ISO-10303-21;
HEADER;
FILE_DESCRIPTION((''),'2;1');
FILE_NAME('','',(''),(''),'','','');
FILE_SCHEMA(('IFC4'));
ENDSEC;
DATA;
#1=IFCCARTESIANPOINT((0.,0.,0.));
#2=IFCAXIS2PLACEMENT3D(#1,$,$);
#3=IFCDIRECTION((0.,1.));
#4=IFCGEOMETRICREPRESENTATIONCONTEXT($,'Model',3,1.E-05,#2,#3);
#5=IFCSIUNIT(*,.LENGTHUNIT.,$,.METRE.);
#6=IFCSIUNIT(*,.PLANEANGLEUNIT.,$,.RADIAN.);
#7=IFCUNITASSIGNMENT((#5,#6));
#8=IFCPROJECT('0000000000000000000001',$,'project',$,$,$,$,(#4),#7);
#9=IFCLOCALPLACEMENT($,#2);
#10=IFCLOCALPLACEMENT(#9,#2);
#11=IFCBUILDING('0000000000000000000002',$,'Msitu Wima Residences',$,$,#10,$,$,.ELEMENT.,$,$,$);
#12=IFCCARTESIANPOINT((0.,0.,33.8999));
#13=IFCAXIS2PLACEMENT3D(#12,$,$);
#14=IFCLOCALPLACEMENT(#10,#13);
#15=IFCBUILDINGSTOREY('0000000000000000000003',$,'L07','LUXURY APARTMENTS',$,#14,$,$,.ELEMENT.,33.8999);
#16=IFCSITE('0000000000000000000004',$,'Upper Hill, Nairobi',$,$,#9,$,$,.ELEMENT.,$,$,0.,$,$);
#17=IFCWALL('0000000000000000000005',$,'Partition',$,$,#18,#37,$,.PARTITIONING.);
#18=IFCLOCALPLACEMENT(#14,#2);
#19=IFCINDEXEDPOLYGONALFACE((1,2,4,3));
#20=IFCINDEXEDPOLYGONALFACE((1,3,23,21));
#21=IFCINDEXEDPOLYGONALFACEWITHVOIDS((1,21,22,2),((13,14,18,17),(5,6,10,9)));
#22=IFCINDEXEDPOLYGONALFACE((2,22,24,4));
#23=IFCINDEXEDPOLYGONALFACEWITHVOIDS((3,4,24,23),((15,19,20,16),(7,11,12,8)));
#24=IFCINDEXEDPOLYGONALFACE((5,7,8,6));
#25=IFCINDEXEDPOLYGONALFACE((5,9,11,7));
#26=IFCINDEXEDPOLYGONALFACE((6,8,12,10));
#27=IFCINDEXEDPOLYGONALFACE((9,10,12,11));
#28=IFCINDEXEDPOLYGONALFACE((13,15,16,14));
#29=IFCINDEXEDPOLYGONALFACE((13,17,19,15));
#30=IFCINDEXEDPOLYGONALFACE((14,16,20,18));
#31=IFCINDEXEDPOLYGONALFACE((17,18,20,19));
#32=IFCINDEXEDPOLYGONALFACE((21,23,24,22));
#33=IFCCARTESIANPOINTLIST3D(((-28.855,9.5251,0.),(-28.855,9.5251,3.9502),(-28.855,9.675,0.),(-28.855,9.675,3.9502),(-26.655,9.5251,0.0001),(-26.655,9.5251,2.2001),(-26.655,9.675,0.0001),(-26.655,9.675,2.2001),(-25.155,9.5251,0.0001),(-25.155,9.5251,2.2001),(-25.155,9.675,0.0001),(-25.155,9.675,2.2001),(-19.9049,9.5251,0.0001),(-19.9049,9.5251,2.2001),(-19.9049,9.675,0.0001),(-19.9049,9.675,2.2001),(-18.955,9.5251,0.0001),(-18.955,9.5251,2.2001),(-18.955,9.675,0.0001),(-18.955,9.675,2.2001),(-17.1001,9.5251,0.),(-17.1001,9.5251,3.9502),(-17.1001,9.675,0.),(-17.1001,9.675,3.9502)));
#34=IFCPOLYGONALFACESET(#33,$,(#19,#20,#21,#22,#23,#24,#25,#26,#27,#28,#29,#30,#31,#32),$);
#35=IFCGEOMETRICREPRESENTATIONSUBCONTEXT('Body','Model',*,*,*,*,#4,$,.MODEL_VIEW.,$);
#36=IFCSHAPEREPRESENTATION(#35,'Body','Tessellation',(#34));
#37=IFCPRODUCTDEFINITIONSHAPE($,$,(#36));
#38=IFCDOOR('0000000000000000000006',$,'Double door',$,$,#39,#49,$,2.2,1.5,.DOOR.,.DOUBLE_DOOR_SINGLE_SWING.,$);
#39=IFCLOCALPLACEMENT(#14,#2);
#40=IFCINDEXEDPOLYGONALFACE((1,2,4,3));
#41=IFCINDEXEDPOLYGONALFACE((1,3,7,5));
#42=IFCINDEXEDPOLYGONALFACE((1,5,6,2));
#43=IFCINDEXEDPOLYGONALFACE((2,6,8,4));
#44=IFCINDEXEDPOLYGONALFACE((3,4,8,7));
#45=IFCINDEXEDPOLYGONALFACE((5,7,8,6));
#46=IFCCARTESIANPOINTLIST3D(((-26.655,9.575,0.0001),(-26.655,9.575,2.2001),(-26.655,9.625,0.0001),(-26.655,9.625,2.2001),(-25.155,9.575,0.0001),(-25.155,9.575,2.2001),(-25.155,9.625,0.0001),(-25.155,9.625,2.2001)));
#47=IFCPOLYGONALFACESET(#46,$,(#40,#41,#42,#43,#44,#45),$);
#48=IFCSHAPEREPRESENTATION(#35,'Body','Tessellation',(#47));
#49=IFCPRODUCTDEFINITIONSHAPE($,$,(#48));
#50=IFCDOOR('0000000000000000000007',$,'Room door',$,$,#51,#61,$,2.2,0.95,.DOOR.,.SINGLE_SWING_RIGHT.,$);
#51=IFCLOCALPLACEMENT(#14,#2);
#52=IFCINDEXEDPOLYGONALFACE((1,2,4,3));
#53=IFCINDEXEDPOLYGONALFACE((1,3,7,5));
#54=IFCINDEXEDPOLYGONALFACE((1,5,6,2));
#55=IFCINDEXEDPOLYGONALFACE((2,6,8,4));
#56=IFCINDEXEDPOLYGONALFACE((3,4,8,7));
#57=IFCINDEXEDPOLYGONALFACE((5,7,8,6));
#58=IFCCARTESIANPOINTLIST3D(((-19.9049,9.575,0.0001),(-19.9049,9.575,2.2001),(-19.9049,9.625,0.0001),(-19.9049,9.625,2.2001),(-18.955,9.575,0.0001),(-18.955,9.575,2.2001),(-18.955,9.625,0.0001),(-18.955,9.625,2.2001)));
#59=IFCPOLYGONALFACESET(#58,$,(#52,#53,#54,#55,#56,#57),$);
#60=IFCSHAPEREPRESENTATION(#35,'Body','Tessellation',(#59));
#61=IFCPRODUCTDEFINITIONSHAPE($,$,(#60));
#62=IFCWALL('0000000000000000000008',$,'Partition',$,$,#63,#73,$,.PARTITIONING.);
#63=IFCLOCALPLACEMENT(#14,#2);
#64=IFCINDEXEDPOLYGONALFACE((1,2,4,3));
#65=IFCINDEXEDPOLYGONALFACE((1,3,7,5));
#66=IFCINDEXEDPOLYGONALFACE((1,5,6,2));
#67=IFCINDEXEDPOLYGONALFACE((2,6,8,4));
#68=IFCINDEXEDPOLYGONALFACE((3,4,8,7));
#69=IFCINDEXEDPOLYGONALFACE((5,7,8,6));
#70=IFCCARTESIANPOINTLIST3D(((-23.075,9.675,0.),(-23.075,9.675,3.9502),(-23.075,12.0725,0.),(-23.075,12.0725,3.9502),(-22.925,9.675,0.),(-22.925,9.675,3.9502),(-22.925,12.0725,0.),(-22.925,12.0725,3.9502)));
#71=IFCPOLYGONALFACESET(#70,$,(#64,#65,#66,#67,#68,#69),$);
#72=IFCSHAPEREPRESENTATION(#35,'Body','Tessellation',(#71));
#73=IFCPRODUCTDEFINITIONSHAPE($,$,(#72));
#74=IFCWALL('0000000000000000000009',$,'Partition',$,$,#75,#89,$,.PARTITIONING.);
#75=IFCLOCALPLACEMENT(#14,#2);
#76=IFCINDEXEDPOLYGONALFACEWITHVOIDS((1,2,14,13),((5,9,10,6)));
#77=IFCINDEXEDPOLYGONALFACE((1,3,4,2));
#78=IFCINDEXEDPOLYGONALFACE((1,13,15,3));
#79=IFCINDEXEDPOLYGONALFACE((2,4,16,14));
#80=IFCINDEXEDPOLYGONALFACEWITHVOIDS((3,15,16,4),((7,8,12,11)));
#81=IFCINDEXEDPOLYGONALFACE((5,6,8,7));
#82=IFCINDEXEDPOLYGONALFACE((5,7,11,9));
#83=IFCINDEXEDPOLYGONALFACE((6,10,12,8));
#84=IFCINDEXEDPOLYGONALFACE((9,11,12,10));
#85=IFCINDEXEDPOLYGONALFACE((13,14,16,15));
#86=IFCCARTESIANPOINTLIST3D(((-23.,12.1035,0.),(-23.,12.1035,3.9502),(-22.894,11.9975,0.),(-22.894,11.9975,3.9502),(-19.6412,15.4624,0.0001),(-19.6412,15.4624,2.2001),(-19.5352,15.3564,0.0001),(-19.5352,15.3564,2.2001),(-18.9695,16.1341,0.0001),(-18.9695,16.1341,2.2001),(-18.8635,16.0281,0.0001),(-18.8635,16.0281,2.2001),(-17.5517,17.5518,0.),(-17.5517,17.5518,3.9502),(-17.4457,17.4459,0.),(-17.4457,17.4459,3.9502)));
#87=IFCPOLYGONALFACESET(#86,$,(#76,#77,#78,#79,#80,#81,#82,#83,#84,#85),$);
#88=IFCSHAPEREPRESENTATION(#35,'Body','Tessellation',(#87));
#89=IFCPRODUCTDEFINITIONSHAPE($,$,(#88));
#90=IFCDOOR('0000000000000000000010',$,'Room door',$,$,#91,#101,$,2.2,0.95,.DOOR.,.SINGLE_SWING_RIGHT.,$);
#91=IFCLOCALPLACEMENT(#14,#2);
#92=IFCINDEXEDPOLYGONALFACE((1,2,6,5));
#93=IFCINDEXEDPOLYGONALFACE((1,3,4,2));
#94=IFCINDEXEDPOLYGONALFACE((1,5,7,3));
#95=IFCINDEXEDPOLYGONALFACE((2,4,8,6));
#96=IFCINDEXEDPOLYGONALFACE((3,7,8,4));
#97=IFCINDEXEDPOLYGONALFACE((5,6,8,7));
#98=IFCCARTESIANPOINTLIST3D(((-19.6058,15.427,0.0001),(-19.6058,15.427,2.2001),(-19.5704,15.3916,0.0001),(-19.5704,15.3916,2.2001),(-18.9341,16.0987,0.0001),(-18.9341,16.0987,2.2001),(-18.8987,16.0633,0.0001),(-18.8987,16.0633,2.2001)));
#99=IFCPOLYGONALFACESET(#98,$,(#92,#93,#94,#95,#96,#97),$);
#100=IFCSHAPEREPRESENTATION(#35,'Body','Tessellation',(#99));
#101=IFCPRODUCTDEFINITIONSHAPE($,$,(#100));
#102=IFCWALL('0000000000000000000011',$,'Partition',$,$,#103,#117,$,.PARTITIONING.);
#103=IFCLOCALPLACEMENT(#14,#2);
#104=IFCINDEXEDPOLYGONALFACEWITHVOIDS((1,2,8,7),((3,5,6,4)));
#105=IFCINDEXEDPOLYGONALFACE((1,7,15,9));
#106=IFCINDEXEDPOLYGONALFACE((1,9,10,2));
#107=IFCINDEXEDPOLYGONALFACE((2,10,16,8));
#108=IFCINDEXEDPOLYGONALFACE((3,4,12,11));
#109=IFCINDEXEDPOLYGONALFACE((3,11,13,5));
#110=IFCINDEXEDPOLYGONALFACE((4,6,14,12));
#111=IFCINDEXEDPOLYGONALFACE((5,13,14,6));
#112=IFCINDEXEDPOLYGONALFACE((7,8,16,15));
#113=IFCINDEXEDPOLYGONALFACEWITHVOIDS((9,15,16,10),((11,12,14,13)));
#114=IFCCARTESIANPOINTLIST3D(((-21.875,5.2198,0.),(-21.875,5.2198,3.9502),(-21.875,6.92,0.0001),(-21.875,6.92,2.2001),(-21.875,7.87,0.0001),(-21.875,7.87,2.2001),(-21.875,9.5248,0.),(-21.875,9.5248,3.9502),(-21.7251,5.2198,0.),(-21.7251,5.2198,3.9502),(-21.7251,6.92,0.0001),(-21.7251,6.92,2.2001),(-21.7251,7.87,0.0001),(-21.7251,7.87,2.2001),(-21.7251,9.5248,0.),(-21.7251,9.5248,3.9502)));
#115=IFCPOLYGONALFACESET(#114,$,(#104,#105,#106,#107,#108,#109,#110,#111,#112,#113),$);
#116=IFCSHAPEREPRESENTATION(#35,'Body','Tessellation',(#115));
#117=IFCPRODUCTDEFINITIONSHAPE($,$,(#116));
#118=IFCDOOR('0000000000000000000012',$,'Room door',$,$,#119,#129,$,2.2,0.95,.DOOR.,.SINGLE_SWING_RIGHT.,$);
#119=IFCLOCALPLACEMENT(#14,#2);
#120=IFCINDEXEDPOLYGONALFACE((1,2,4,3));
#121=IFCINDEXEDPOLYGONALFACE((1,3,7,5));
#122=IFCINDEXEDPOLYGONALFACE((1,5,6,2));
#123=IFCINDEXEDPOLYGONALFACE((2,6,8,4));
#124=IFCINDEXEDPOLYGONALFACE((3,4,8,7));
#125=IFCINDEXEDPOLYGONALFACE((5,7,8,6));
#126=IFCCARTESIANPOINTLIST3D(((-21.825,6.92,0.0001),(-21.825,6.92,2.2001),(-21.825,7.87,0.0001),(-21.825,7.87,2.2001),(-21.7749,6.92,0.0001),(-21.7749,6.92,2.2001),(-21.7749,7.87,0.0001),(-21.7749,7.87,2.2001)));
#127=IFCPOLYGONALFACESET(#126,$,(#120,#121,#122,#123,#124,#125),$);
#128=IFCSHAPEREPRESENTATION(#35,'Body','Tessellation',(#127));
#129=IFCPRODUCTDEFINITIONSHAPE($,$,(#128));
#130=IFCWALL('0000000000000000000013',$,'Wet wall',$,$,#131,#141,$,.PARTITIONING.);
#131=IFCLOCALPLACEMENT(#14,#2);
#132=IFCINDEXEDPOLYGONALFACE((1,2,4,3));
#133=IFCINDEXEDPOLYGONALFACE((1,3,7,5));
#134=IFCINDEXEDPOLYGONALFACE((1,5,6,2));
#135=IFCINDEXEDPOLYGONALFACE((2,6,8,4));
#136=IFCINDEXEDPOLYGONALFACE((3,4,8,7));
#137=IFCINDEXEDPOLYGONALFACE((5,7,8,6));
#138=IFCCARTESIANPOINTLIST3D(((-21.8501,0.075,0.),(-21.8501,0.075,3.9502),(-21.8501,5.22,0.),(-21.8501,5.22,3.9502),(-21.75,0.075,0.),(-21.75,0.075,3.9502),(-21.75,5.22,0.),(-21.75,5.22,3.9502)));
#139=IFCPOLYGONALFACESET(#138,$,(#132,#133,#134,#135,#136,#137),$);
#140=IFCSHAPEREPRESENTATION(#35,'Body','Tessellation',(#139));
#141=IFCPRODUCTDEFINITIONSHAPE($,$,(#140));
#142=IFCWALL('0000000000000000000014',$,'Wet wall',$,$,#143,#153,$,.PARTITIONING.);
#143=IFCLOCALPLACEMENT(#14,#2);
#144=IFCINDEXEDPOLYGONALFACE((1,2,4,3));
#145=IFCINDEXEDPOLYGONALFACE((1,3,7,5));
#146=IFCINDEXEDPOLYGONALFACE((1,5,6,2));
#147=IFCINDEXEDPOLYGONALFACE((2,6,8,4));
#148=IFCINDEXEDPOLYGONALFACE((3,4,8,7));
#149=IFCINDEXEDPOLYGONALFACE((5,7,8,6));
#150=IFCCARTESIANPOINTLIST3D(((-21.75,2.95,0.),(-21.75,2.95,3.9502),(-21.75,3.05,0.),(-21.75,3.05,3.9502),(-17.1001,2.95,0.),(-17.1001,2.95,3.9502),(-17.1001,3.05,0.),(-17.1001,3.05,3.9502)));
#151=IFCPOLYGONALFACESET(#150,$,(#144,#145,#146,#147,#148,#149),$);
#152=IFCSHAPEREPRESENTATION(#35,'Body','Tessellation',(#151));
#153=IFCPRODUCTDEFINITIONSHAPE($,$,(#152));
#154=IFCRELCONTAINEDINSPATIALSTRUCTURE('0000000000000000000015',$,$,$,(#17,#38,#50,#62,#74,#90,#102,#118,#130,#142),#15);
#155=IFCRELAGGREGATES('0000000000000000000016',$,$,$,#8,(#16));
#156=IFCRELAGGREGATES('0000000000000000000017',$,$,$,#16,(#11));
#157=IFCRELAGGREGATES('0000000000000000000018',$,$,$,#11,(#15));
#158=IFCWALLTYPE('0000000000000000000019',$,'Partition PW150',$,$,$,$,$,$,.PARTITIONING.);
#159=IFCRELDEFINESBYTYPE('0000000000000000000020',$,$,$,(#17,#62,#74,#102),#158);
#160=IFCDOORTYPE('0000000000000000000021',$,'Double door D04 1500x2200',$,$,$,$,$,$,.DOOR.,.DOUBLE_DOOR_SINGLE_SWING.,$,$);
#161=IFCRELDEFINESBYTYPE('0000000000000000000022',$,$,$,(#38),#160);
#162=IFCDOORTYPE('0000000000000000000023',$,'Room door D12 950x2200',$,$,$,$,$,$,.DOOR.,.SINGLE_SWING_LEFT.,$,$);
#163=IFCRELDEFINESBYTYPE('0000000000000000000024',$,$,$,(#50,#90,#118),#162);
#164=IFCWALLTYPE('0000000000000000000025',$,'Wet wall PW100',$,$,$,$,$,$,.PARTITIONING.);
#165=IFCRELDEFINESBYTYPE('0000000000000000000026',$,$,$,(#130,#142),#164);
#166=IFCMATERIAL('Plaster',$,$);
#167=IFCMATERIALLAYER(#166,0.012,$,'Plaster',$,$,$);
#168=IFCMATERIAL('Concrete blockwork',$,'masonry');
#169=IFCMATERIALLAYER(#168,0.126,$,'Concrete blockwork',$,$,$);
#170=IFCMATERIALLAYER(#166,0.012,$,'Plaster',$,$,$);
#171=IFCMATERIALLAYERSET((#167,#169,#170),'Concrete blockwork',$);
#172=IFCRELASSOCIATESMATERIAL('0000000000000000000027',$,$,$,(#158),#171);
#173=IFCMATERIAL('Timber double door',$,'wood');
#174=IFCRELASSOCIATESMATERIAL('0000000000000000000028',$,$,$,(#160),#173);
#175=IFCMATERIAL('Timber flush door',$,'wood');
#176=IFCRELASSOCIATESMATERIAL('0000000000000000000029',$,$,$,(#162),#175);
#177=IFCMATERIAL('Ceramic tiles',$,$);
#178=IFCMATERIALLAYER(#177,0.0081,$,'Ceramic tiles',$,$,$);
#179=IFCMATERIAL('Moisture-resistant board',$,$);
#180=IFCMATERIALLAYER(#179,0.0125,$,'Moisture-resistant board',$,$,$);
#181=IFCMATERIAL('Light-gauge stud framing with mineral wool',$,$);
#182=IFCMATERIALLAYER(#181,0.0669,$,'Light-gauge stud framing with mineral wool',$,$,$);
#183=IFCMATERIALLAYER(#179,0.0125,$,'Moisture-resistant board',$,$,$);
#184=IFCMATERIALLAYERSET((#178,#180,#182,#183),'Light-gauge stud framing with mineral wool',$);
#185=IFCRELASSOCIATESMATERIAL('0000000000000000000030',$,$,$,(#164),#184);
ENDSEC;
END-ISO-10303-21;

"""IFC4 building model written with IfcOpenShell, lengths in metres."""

from ifc_helpers import new_model, si_unit, direction, frame, frame_2d, origin, place, context, subcontext, project, spatial, rectangle, extrude, material, layer, layer_set, type_object, element, fill, save


model = new_model("IFC4")

# Units and contexts
model_context = context("Model", 3, precision=1e-05, world=origin(), true_north=direction((0.0, 1.0)))
body_context = subcontext(model_context, "Body", "Model", "MODEL_VIEW")
ifc_project = project(units=[si_unit("LENGTHUNIT", "METRE"), si_unit("PLANEANGLEUNIT", "RADIAN")], contexts=[model_context])

# Site, building, storey
site_placement = place(None, origin())
site = spatial("IfcSite", under=ifc_project, at=site_placement, Name="Upper Hill, Nairobi", CompositionType="ELEMENT", RefElevation=0.0)
building_placement = place(site_placement, origin())
building = spatial("IfcBuilding", under=site, at=building_placement, Name="Msitu Wima Residences", CompositionType="ELEMENT")
storey_placement = place(building_placement, frame((0.0, 0.0, 33.8999)))
storey = spatial("IfcBuildingStorey", under=building, at=storey_placement, Name="L07", Description="LUXURY APARTMENTS", CompositionType="ELEMENT", Elevation=33.8999)

# Wall, openings, doors
ifc_material_1 = material(Name="Plaster")
ifc_layer_1 = layer(ifc_material_1, 0.012, Name="Plaster")
ifc_material_2 = material(Name="Concrete blockwork", Category="masonry")
ifc_layer_2 = layer(ifc_material_2, 0.126, Name="Concrete blockwork")
ifc_layer_3 = layer(ifc_material_1, 0.012, Name="Plaster")
ifc_layer_set_1 = layer_set([ifc_layer_1, ifc_layer_2, ifc_layer_3], Name="Concrete blockwork")
wall_type_1 = type_object("IfcWallType", Name="Partition PW150", PredefinedType="PARTITIONING", material=ifc_layer_set_1)
wall_1_placement = place(storey_placement, frame((-28.855, 9.6001, 0.0), z_axis=(0.0, 0.0, 1.0), x_axis=(1.0, 0.0, 0.0)))
wall_1 = element("IfcWall", 1, at=wall_1_placement, inside=storey, type_object=wall_type_1, Name="Partition", PredefinedType="PARTITIONING", context=body_context, shape_type="SweptSolid", body=[
    extrude(rectangle(XDim=11.7549, YDim=0.1499, at=frame_2d((5.8774, 0.0))), origin(), (0.0, 0.0, 1.0), 3.9502),
])
opening_1_placement = place(wall_1_placement, frame((8.95, 0.0, 0.0)))
opening_1 = element("IfcOpeningElement", 2, at=opening_1_placement, cuts=wall_1, PredefinedType="OPENING", context=body_context, shape_type="SweptSolid", body=[
    extrude(rectangle(XDim=0.95, YDim=2.2, at=frame_2d((0.4751, 1.1001))), frame((0.0, 0.085, 0.0), z_axis=(0.0, -1.0, 0.0), x_axis=(1.0, 0.0, 0.0)), (0.0, 0.0, 1.0), 0.1699),
])
opening_2_placement = place(wall_1_placement, frame((2.2, 0.0, 0.0)))
opening_2 = element("IfcOpeningElement", 3, at=opening_2_placement, cuts=wall_1, PredefinedType="OPENING", context=body_context, shape_type="SweptSolid", body=[
    extrude(rectangle(XDim=1.5, YDim=2.2, at=frame_2d((0.75, 1.1001))), frame((0.0, 0.085, 0.0), z_axis=(0.0, -1.0, 0.0), x_axis=(1.0, 0.0, 0.0)), (0.0, 0.0, 1.0), 0.1699),
])
ifc_material_3 = material(Name="Timber double door", Category="wood")
door_type_1 = type_object("IfcDoorType", Name="Double door D04 1500x2200", OperationType="DOUBLE_DOOR_SINGLE_SWING", PredefinedType="DOOR", material=ifc_material_3)
door_1_placement = place(opening_2_placement, origin())
door_1 = element("IfcDoor", 4, at=door_1_placement, inside=storey, type_object=door_type_1, Name="Double door", OperationType="DOUBLE_DOOR_SINGLE_SWING", OverallHeight=2.2, OverallWidth=1.5, PredefinedType="DOOR", context=body_context, shape_type="SweptSolid", body=[
    extrude(rectangle(XDim=1.5, YDim=2.2, at=frame_2d((0.75, 1.1001))), frame((0.0, 0.0249, 0.0), z_axis=(0.0, -1.0, 0.0), x_axis=(1.0, 0.0, 0.0)), (0.0, 0.0, 1.0), 0.05),
])
fill(opening_2, door_1)
ifc_material_4 = material(Name="Timber flush door", Category="wood")
door_type_2 = type_object("IfcDoorType", Name="Room door D12 950x2200", OperationType="SINGLE_SWING_LEFT", PredefinedType="DOOR", material=ifc_material_4)
door_2_placement = place(opening_1_placement, origin())
door_2 = element("IfcDoor", 5, at=door_2_placement, inside=storey, type_object=door_type_2, Name="Room door", OperationType="SINGLE_SWING_RIGHT", OverallHeight=2.2, OverallWidth=0.95, PredefinedType="DOOR", context=body_context, shape_type="SweptSolid", body=[
    extrude(rectangle(XDim=0.95, YDim=2.2, at=frame_2d((0.4751, 1.1001))), frame((0.0, 0.0249, 0.0), z_axis=(0.0, -1.0, 0.0), x_axis=(1.0, 0.0, 0.0)), (0.0, 0.0, 1.0), 0.05),
])
fill(opening_1, door_2)

# Wall
wall_2_placement = place(storey_placement, frame((-23.0, 9.675, 0.0), z_axis=(0.0, 0.0, 1.0), x_axis=(0.0, 1.0, 0.0)))
element("IfcWall", 6, at=wall_2_placement, inside=storey, type_object=wall_type_1, Name="Partition", PredefinedType="PARTITIONING", context=body_context, shape_type="SweptSolid", body=[
    extrude(rectangle(XDim=2.3975, YDim=0.1499, at=frame_2d((1.1987, 0.0))), origin(), (0.0, 0.0, 1.0), 3.9502),
])

# Walls, openings, doors
wall_3_placement = place(storey_placement, frame((-22.947, 12.0505, 0.0), z_axis=(0.0, 0.0, 1.0), x_axis=(0.707107, 0.707107, 0.0)))
wall_3 = element("IfcWall", 7, at=wall_3_placement, inside=storey, type_object=wall_type_1, Name="Partition", PredefinedType="PARTITIONING", context=body_context, shape_type="SweptSolid", body=[
    extrude(rectangle(XDim=7.7051, YDim=0.1499, at=frame_2d((3.8525, 0.0))), origin(), (0.0, 0.0, 1.0), 3.9502),
])
opening_3_placement = place(wall_3_placement, frame((4.75, 0.0, 0.0)))
opening_3 = element("IfcOpeningElement", 8, at=opening_3_placement, cuts=wall_3, PredefinedType="OPENING", context=body_context, shape_type="SweptSolid", body=[
    extrude(rectangle(XDim=0.95, YDim=2.2, at=frame_2d((0.4751, 1.1001))), frame((0.0, 0.085, 0.0), z_axis=(0.0, -1.0, 0.0), x_axis=(1.0, 0.0, 0.0)), (0.0, 0.0, 1.0), 0.1699),
])
door_3_placement = place(opening_3_placement, origin())
door_3 = element("IfcDoor", 9, at=door_3_placement, inside=storey, type_object=door_type_2, Name="Room door", OperationType="SINGLE_SWING_RIGHT", OverallHeight=2.2, OverallWidth=0.95, PredefinedType="DOOR", context=body_context, shape_type="SweptSolid", body=[
    extrude(rectangle(XDim=0.95, YDim=2.2, at=frame_2d((0.4751, 1.1001))), frame((0.0, 0.0249, 0.0), z_axis=(0.0, -1.0, 0.0), x_axis=(1.0, 0.0, 0.0)), (0.0, 0.0, 1.0), 0.05),
])
fill(opening_3, door_3)
wall_4_placement = place(storey_placement, frame((-21.8, 5.22, 0.0), z_axis=(0.0, 0.0, 1.0), x_axis=(0.0, 1.0, 0.0)))
wall_4 = element("IfcWall", 10, at=wall_4_placement, inside=storey, type_object=wall_type_1, Name="Partition", PredefinedType="PARTITIONING", context=body_context, shape_type="SweptSolid", body=[
    extrude(rectangle(XDim=4.3049, YDim=0.1499, at=frame_2d((2.1523, 0.0))), origin(), (0.0, 0.0, 1.0), 3.9502),
])
opening_4_placement = place(wall_4_placement, frame((1.7, 0.0, 0.0)))
opening_4 = element("IfcOpeningElement", 11, at=opening_4_placement, cuts=wall_4, PredefinedType="OPENING", context=body_context, shape_type="SweptSolid", body=[
    extrude(rectangle(XDim=0.95, YDim=2.2, at=frame_2d((0.4751, 1.1001))), frame((0.0, 0.085, 0.0), z_axis=(0.0, -1.0, 0.0), x_axis=(1.0, 0.0, 0.0)), (0.0, 0.0, 1.0), 0.1699),
])
door_4_placement = place(opening_4_placement, origin())
door_4 = element("IfcDoor", 12, at=door_4_placement, inside=storey, type_object=door_type_2, Name="Room door", OperationType="SINGLE_SWING_RIGHT", OverallHeight=2.2, OverallWidth=0.95, PredefinedType="DOOR", context=body_context, shape_type="SweptSolid", body=[
    extrude(rectangle(XDim=0.95, YDim=2.2, at=frame_2d((0.4751, 1.1001))), frame((0.0, 0.0249, 0.0), z_axis=(0.0, -1.0, 0.0), x_axis=(1.0, 0.0, 0.0)), (0.0, 0.0, 1.0), 0.05),
])
fill(opening_4, door_4)

# Walls
ifc_material_5 = material(Name="Ceramic tiles")
ifc_layer_4 = layer(ifc_material_5, 0.0081, Name="Ceramic tiles")
ifc_material_6 = material(Name="Moisture-resistant board")
ifc_layer_5 = layer(ifc_material_6, 0.0125, Name="Moisture-resistant board")
ifc_material_7 = material(Name="Light-gauge stud framing with mineral wool")
ifc_layer_6 = layer(ifc_material_7, 0.0669, Name="Light-gauge stud framing with mineral wool")
ifc_layer_7 = layer(ifc_material_6, 0.0125, Name="Moisture-resistant board")
ifc_layer_set_2 = layer_set([ifc_layer_4, ifc_layer_5, ifc_layer_6, ifc_layer_7], Name="Light-gauge stud framing with mineral wool")
wall_type_2 = type_object("IfcWallType", Name="Wet wall PW100", PredefinedType="PARTITIONING", material=ifc_layer_set_2)
wall_5_placement = place(storey_placement, frame((-21.8, 0.075, 0.0), z_axis=(0.0, 0.0, 1.0), x_axis=(0.0, 1.0, 0.0)))
element("IfcWall", 13, at=wall_5_placement, inside=storey, type_object=wall_type_2, Name="Wet wall", PredefinedType="PARTITIONING", context=body_context, shape_type="SweptSolid", body=[
    extrude(rectangle(XDim=5.145, YDim=0.1001, at=frame_2d((2.5725, 0.0))), origin(), (0.0, 0.0, 1.0), 3.9502),
])
wall_6_placement = place(storey_placement, frame((-21.75, 3.0, 0.0), z_axis=(0.0, 0.0, 1.0), x_axis=(1.0, 0.0, 0.0)))
element("IfcWall", 14, at=wall_6_placement, inside=storey, type_object=wall_type_2, Name="Wet wall", PredefinedType="PARTITIONING", context=body_context, shape_type="SweptSolid", body=[
    extrude(rectangle(XDim=4.6499, YDim=0.1001, at=frame_2d((2.325, 0.0))), origin(), (0.0, 0.0, 1.0), 3.9502),
])

save(model, "model.ifc")
